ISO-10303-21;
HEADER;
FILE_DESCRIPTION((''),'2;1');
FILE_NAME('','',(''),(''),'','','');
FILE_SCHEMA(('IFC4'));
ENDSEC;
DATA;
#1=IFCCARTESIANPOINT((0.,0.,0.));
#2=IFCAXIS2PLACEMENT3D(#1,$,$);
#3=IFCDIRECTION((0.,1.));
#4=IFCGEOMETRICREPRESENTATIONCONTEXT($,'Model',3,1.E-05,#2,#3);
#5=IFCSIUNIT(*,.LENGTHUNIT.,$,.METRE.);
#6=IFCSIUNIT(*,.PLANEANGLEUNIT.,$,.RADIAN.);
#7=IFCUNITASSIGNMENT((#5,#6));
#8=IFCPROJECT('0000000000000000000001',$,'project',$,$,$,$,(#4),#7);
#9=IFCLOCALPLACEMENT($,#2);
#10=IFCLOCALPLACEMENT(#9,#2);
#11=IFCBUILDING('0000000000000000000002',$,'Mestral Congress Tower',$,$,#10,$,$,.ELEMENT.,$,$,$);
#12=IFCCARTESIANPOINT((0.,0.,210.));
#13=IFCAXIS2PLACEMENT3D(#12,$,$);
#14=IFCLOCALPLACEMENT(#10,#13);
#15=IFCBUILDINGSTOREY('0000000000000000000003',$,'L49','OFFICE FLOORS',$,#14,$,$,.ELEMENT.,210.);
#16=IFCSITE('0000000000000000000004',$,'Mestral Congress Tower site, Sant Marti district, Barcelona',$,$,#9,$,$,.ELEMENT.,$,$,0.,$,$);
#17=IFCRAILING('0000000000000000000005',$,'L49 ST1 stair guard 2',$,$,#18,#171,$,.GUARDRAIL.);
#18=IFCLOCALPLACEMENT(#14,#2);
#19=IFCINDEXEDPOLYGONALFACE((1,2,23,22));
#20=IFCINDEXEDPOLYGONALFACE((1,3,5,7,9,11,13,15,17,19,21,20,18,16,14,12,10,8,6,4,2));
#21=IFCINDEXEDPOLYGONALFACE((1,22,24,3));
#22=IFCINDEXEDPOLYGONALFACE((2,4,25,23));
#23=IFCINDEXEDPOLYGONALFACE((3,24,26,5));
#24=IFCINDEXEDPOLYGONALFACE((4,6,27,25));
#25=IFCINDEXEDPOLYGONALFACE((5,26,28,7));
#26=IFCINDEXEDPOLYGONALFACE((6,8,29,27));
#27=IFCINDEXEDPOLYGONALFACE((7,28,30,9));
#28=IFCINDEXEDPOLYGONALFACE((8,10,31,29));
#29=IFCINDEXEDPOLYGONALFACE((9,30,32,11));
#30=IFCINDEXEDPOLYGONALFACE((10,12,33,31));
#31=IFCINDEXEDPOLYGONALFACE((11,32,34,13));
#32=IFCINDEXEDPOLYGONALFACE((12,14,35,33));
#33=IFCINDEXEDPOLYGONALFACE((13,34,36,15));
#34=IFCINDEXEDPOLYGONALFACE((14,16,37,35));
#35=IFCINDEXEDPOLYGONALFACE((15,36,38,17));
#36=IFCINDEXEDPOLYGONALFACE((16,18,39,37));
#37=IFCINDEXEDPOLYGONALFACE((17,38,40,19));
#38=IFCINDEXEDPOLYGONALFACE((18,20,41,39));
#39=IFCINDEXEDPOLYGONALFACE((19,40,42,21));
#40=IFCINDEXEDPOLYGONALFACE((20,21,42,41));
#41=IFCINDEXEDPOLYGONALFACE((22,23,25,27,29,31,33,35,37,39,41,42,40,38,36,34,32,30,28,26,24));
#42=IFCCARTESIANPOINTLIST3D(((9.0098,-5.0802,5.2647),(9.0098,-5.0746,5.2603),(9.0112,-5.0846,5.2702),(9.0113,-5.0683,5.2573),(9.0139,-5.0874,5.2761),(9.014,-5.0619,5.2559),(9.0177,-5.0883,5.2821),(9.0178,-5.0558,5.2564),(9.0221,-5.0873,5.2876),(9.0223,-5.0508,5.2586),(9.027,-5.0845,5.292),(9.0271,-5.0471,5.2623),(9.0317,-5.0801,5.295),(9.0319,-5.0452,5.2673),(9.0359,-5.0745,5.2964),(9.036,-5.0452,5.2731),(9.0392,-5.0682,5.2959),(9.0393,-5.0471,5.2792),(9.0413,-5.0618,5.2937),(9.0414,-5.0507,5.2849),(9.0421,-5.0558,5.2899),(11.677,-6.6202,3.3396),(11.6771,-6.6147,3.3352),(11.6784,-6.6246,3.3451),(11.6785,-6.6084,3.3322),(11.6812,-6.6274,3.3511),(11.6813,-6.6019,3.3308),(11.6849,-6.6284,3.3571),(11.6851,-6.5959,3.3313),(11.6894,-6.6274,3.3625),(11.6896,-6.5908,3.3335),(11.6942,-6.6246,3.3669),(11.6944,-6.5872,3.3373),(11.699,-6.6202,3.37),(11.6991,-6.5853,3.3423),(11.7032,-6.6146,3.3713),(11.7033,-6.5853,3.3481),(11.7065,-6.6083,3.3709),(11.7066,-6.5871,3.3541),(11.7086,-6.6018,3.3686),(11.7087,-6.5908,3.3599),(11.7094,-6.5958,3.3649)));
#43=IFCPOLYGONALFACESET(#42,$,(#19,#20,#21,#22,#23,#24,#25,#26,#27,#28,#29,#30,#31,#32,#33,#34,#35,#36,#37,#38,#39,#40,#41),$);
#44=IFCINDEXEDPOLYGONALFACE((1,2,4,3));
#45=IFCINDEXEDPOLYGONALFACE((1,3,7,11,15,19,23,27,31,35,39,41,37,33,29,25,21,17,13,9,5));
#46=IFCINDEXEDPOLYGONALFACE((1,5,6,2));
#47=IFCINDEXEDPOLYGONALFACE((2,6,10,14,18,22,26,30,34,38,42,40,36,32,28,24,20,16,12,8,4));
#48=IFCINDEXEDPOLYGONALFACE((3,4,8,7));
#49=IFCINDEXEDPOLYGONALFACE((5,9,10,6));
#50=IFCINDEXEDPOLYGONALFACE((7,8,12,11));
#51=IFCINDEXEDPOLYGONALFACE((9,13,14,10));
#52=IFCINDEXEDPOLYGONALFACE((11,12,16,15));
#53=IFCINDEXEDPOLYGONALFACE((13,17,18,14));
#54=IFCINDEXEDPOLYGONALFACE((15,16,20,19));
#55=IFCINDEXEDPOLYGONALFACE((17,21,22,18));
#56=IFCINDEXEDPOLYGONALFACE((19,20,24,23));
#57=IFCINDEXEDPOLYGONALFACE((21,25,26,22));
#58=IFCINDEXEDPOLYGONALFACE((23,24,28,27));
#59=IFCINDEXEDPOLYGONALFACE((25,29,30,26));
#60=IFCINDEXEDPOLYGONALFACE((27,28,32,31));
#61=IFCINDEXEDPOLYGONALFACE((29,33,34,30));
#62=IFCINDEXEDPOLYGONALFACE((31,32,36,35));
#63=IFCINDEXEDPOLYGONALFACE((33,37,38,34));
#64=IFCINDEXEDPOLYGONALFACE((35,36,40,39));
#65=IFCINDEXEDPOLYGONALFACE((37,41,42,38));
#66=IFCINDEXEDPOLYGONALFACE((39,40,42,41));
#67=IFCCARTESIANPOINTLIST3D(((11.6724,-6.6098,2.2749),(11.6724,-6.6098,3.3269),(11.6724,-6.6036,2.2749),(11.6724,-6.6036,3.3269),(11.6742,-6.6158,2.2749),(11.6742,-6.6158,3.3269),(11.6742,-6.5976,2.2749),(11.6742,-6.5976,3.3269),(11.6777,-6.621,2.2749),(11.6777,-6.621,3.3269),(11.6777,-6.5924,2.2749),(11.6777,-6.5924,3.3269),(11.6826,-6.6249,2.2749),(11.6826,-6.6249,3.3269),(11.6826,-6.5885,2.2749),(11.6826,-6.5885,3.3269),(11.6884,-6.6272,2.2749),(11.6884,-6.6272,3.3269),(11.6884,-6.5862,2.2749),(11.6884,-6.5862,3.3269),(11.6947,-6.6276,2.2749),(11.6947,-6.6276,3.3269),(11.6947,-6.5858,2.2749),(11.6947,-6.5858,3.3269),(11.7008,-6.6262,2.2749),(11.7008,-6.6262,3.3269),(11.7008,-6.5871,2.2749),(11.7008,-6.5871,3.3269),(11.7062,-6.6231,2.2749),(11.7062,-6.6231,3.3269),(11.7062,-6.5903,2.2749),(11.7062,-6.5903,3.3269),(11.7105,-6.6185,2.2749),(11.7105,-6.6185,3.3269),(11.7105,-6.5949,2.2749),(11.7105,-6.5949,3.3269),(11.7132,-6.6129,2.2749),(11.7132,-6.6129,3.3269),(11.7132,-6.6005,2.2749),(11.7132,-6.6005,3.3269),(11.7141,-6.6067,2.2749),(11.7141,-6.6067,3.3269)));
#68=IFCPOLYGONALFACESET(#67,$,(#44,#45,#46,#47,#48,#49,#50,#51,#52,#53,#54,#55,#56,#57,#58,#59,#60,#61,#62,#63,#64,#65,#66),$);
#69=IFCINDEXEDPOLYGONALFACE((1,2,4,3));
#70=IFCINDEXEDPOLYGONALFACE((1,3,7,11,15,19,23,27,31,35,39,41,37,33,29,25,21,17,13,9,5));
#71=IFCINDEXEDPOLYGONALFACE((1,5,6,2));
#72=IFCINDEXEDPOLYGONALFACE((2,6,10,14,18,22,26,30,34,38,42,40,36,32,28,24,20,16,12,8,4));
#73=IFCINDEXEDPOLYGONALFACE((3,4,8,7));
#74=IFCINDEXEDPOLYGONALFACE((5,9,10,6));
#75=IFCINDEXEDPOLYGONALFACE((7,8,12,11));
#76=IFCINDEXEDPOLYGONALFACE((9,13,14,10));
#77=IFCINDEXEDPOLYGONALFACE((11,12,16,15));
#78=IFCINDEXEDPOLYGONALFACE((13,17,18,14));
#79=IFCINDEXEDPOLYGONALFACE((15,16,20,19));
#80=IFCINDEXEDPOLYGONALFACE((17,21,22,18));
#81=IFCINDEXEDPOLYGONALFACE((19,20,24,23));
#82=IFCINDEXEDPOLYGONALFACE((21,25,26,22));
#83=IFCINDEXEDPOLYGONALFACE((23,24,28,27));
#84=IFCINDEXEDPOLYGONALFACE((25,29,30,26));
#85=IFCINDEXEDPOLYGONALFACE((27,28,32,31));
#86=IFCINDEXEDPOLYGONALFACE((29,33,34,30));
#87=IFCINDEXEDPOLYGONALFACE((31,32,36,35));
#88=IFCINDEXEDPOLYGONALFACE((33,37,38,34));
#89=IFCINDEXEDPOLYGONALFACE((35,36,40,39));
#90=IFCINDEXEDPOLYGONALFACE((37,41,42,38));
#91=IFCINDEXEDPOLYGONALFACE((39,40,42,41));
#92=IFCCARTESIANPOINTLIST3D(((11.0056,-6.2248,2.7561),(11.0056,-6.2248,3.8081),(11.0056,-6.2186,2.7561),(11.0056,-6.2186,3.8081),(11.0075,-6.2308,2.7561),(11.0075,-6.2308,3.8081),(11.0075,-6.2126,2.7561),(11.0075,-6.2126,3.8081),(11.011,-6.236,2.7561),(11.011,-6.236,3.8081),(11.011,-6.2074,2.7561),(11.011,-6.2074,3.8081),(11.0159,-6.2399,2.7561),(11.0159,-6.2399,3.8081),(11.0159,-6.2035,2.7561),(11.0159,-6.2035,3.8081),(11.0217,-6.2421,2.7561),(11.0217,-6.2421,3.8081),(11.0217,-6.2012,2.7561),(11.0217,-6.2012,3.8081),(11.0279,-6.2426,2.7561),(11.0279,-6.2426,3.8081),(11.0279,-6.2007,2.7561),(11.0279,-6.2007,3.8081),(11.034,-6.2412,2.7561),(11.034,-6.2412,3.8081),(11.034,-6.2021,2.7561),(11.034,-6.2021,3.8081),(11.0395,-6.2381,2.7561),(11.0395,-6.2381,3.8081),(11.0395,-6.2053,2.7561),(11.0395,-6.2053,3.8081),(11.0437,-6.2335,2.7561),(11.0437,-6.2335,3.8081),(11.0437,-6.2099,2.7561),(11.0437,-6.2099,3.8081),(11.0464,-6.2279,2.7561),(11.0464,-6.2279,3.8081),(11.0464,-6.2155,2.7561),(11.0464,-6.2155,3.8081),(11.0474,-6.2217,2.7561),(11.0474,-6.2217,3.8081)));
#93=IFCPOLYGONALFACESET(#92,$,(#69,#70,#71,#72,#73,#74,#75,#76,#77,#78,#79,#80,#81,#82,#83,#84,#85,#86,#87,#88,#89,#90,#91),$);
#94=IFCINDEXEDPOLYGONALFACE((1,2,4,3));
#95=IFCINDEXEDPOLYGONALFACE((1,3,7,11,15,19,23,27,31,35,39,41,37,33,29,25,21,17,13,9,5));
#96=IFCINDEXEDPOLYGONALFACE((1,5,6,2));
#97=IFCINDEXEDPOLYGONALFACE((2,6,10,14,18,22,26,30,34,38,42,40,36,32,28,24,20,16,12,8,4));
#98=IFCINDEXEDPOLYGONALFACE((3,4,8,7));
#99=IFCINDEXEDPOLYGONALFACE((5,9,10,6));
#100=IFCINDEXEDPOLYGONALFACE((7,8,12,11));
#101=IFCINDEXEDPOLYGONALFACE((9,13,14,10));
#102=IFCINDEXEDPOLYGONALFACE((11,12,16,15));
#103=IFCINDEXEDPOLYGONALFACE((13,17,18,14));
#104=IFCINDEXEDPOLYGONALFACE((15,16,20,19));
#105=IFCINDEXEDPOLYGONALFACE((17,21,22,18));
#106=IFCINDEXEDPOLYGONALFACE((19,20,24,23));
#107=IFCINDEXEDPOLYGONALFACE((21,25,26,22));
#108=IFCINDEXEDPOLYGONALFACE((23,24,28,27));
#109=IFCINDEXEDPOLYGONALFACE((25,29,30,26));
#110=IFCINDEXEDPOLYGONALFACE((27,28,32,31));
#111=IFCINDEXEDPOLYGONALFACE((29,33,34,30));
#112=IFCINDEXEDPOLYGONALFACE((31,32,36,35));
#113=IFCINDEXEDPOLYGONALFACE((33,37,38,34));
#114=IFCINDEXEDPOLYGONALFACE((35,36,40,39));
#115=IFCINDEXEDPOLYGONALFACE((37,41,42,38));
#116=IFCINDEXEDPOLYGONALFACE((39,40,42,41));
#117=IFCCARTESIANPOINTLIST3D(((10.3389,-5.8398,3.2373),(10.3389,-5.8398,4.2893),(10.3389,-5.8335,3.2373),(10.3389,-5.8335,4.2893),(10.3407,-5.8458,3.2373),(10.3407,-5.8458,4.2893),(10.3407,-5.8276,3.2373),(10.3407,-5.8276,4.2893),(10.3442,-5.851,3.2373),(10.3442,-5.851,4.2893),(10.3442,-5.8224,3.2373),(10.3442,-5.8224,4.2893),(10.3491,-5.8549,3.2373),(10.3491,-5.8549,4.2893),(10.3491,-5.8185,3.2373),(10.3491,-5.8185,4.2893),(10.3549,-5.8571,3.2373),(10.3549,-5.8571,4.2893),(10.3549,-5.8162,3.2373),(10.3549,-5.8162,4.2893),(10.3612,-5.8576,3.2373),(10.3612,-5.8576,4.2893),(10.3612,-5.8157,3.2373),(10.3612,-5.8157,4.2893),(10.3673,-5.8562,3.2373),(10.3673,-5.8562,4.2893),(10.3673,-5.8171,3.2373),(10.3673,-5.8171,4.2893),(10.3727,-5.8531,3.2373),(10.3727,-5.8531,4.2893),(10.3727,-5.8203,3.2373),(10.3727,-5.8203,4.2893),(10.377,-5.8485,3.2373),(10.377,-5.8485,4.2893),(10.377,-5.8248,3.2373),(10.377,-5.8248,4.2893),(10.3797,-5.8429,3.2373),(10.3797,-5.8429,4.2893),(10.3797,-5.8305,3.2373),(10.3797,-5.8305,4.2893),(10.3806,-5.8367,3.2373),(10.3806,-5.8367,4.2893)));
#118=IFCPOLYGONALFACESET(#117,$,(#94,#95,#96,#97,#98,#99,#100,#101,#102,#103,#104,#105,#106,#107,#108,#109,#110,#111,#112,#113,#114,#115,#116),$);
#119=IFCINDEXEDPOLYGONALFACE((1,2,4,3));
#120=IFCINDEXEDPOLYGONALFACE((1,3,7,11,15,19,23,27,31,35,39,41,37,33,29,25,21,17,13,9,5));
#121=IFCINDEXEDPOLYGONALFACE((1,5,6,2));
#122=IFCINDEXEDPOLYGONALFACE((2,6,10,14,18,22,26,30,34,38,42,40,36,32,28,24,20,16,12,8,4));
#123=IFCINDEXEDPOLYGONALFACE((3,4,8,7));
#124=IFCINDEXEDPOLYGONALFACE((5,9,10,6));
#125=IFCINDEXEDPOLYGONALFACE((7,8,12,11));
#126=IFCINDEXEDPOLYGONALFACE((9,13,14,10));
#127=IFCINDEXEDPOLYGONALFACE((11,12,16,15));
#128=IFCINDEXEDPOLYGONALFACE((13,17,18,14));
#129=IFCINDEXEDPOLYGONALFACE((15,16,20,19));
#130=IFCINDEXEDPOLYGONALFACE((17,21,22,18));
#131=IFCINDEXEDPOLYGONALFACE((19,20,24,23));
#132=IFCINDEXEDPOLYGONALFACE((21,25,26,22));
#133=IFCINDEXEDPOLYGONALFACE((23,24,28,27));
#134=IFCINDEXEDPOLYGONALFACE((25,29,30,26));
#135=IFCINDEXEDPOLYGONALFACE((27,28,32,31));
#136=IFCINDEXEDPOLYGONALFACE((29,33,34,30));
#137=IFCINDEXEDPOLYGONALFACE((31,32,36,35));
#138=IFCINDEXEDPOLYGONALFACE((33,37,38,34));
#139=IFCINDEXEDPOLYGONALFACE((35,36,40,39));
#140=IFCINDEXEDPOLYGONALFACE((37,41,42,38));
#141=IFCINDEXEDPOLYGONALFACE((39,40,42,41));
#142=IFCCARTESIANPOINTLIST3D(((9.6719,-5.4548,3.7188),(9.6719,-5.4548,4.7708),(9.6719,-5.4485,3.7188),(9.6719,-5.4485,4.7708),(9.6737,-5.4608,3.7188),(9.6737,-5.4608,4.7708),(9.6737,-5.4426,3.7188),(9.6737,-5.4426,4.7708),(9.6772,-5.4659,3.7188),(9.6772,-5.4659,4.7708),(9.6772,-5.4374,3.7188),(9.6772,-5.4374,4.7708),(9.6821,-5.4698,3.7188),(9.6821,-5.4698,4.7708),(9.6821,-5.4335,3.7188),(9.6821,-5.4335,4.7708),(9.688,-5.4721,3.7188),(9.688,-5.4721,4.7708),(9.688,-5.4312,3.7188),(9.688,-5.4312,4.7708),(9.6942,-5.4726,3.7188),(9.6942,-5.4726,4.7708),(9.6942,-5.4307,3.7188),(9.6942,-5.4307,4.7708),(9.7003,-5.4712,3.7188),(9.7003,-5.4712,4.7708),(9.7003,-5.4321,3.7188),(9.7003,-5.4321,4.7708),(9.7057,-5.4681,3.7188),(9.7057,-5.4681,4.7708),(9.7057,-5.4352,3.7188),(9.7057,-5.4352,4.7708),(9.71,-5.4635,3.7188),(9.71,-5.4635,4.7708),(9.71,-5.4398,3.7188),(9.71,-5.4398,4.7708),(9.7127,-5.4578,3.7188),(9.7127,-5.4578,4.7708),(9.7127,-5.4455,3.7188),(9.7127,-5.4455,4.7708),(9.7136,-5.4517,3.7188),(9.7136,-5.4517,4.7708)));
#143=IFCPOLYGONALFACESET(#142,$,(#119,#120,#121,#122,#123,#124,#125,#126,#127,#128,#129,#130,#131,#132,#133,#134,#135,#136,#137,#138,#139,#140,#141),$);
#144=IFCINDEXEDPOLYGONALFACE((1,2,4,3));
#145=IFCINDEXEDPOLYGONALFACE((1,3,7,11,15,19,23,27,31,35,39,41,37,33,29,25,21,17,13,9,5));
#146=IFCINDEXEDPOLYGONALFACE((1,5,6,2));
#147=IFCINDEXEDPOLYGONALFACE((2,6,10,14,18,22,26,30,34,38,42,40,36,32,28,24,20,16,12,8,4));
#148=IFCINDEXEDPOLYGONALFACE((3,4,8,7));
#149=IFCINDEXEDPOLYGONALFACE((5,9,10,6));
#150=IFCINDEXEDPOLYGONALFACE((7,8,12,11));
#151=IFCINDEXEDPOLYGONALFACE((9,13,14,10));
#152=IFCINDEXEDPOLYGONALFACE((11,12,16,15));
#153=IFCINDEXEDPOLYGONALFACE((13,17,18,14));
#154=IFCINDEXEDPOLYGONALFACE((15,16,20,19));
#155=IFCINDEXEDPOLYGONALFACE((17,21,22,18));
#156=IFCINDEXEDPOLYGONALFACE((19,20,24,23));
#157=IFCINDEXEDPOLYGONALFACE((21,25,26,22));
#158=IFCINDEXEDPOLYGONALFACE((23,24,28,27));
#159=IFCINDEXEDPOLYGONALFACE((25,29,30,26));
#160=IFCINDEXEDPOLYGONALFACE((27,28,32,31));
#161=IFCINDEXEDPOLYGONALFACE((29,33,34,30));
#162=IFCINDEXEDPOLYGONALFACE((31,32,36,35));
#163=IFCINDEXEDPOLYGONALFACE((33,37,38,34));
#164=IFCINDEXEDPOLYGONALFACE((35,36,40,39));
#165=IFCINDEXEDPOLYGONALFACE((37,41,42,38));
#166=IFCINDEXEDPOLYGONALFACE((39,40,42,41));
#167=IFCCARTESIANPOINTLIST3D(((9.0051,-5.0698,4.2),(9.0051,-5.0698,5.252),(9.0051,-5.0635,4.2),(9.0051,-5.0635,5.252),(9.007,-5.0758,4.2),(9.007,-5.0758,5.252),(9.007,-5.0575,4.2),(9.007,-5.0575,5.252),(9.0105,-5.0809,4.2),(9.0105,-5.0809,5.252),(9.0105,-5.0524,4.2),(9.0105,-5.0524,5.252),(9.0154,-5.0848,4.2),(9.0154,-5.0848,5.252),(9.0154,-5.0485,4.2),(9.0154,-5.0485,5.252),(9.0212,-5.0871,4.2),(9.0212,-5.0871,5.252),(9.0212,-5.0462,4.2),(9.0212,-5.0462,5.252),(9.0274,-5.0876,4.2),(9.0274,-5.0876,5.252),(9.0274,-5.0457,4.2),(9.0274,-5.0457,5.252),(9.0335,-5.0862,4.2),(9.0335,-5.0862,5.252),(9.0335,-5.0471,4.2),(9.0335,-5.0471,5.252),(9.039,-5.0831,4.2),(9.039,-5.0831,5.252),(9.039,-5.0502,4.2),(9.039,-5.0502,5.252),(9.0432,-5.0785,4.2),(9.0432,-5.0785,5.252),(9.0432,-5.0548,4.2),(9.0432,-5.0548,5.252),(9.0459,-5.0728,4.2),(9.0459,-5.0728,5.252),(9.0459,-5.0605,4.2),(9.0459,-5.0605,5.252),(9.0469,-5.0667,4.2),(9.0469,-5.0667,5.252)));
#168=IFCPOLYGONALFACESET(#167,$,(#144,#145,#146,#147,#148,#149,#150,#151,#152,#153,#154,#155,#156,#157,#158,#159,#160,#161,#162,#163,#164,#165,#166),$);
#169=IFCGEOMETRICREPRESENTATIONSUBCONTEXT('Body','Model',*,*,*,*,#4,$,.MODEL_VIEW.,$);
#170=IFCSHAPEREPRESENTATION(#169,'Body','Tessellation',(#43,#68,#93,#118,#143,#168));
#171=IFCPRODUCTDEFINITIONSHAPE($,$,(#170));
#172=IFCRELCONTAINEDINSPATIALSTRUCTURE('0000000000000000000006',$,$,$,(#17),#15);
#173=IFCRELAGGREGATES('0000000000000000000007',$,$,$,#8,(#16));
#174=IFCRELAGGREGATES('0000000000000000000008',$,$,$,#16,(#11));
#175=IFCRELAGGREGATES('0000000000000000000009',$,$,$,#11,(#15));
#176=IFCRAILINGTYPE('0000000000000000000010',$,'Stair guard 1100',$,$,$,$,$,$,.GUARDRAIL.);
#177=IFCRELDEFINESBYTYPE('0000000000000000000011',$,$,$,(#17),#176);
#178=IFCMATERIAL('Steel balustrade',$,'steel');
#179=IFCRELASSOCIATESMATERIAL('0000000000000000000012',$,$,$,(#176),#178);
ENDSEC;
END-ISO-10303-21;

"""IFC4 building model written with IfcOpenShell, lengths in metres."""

from ifc_helpers import new_model, si_unit, direction, frame, origin, origin_2d, place, context, subcontext, project, spatial, circle, extrude, material, type_object, element, save


model = new_model("IFC4")

# Units and contexts
model_context = context("Model", 3, precision=1e-05, world=origin(), true_north=direction((0.0, 1.0)))
body_context = subcontext(model_context, "Body", "Model", "MODEL_VIEW")
ifc_project = project(units=[si_unit("LENGTHUNIT", "METRE"), si_unit("PLANEANGLEUNIT", "RADIAN")], contexts=[model_context])

# Site, building, storey
site_placement = place(None, origin())
site = spatial("IfcSite", under=ifc_project, at=site_placement, Name="Mestral Congress Tower site, Sant Marti district, Barcelona", CompositionType="ELEMENT", RefElevation=0.0)
building_placement = place(site_placement, origin())
building = spatial("IfcBuilding", under=site, at=building_placement, Name="Mestral Congress Tower", CompositionType="ELEMENT")
storey_placement = place(building_placement, frame((0.0, 0.0, 210.0)))
storey = spatial("IfcBuildingStorey", under=building, at=storey_placement, Name="L49", Description="OFFICE FLOORS", CompositionType="ELEMENT", Elevation=210.0)

# Railing
ifc_material_1 = material(Name="Steel balustrade", Category="steel")
railing_type_1 = type_object("IfcRailingType", Name="Stair guard 1100", PredefinedType="GUARDRAIL", material=ifc_material_1)
railing_1_placement = place(storey_placement, frame((11.6931, -6.6067, 2.2749)))
element("IfcRailing", 1, at=railing_1_placement, inside=storey, type_object=railing_type_1, Name="L49 ST1 stair guard 2", PredefinedType="GUARDRAIL", context=body_context, shape_type="SweptSolid", body=[
    extrude(circle(Radius=0.0239, at=origin_2d()), frame((0.0, 0.0, 1.0762), z_axis=(-0.734364, 0.424015, 0.530019), x_axis=(-0.500027, -0.86601, 0.0)), (0.0, 0.0, 1.0), 3.6321),
    extrude(circle(Radius=0.021, at=origin_2d()), origin(), (0.0, 0.0, 1.0), 1.052),
    extrude(circle(Radius=0.021, at=origin_2d()), frame((-0.6667, 0.385, 0.4812)), (0.0, 0.0, 1.0), 1.052),
    extrude(circle(Radius=0.021, at=origin_2d()), frame((-1.3335, 0.77, 0.9624)), (0.0, 0.0, 1.0), 1.052),
    extrude(circle(Radius=0.021, at=origin_2d()), frame((-2.0005, 1.155, 1.4438)), (0.0, 0.0, 1.0), 1.052),
    extrude(circle(Radius=0.021, at=origin_2d()), frame((-2.6672, 1.54, 1.925)), (0.0, 0.0, 1.0), 1.052),
])

save(model, "model.ifc")
